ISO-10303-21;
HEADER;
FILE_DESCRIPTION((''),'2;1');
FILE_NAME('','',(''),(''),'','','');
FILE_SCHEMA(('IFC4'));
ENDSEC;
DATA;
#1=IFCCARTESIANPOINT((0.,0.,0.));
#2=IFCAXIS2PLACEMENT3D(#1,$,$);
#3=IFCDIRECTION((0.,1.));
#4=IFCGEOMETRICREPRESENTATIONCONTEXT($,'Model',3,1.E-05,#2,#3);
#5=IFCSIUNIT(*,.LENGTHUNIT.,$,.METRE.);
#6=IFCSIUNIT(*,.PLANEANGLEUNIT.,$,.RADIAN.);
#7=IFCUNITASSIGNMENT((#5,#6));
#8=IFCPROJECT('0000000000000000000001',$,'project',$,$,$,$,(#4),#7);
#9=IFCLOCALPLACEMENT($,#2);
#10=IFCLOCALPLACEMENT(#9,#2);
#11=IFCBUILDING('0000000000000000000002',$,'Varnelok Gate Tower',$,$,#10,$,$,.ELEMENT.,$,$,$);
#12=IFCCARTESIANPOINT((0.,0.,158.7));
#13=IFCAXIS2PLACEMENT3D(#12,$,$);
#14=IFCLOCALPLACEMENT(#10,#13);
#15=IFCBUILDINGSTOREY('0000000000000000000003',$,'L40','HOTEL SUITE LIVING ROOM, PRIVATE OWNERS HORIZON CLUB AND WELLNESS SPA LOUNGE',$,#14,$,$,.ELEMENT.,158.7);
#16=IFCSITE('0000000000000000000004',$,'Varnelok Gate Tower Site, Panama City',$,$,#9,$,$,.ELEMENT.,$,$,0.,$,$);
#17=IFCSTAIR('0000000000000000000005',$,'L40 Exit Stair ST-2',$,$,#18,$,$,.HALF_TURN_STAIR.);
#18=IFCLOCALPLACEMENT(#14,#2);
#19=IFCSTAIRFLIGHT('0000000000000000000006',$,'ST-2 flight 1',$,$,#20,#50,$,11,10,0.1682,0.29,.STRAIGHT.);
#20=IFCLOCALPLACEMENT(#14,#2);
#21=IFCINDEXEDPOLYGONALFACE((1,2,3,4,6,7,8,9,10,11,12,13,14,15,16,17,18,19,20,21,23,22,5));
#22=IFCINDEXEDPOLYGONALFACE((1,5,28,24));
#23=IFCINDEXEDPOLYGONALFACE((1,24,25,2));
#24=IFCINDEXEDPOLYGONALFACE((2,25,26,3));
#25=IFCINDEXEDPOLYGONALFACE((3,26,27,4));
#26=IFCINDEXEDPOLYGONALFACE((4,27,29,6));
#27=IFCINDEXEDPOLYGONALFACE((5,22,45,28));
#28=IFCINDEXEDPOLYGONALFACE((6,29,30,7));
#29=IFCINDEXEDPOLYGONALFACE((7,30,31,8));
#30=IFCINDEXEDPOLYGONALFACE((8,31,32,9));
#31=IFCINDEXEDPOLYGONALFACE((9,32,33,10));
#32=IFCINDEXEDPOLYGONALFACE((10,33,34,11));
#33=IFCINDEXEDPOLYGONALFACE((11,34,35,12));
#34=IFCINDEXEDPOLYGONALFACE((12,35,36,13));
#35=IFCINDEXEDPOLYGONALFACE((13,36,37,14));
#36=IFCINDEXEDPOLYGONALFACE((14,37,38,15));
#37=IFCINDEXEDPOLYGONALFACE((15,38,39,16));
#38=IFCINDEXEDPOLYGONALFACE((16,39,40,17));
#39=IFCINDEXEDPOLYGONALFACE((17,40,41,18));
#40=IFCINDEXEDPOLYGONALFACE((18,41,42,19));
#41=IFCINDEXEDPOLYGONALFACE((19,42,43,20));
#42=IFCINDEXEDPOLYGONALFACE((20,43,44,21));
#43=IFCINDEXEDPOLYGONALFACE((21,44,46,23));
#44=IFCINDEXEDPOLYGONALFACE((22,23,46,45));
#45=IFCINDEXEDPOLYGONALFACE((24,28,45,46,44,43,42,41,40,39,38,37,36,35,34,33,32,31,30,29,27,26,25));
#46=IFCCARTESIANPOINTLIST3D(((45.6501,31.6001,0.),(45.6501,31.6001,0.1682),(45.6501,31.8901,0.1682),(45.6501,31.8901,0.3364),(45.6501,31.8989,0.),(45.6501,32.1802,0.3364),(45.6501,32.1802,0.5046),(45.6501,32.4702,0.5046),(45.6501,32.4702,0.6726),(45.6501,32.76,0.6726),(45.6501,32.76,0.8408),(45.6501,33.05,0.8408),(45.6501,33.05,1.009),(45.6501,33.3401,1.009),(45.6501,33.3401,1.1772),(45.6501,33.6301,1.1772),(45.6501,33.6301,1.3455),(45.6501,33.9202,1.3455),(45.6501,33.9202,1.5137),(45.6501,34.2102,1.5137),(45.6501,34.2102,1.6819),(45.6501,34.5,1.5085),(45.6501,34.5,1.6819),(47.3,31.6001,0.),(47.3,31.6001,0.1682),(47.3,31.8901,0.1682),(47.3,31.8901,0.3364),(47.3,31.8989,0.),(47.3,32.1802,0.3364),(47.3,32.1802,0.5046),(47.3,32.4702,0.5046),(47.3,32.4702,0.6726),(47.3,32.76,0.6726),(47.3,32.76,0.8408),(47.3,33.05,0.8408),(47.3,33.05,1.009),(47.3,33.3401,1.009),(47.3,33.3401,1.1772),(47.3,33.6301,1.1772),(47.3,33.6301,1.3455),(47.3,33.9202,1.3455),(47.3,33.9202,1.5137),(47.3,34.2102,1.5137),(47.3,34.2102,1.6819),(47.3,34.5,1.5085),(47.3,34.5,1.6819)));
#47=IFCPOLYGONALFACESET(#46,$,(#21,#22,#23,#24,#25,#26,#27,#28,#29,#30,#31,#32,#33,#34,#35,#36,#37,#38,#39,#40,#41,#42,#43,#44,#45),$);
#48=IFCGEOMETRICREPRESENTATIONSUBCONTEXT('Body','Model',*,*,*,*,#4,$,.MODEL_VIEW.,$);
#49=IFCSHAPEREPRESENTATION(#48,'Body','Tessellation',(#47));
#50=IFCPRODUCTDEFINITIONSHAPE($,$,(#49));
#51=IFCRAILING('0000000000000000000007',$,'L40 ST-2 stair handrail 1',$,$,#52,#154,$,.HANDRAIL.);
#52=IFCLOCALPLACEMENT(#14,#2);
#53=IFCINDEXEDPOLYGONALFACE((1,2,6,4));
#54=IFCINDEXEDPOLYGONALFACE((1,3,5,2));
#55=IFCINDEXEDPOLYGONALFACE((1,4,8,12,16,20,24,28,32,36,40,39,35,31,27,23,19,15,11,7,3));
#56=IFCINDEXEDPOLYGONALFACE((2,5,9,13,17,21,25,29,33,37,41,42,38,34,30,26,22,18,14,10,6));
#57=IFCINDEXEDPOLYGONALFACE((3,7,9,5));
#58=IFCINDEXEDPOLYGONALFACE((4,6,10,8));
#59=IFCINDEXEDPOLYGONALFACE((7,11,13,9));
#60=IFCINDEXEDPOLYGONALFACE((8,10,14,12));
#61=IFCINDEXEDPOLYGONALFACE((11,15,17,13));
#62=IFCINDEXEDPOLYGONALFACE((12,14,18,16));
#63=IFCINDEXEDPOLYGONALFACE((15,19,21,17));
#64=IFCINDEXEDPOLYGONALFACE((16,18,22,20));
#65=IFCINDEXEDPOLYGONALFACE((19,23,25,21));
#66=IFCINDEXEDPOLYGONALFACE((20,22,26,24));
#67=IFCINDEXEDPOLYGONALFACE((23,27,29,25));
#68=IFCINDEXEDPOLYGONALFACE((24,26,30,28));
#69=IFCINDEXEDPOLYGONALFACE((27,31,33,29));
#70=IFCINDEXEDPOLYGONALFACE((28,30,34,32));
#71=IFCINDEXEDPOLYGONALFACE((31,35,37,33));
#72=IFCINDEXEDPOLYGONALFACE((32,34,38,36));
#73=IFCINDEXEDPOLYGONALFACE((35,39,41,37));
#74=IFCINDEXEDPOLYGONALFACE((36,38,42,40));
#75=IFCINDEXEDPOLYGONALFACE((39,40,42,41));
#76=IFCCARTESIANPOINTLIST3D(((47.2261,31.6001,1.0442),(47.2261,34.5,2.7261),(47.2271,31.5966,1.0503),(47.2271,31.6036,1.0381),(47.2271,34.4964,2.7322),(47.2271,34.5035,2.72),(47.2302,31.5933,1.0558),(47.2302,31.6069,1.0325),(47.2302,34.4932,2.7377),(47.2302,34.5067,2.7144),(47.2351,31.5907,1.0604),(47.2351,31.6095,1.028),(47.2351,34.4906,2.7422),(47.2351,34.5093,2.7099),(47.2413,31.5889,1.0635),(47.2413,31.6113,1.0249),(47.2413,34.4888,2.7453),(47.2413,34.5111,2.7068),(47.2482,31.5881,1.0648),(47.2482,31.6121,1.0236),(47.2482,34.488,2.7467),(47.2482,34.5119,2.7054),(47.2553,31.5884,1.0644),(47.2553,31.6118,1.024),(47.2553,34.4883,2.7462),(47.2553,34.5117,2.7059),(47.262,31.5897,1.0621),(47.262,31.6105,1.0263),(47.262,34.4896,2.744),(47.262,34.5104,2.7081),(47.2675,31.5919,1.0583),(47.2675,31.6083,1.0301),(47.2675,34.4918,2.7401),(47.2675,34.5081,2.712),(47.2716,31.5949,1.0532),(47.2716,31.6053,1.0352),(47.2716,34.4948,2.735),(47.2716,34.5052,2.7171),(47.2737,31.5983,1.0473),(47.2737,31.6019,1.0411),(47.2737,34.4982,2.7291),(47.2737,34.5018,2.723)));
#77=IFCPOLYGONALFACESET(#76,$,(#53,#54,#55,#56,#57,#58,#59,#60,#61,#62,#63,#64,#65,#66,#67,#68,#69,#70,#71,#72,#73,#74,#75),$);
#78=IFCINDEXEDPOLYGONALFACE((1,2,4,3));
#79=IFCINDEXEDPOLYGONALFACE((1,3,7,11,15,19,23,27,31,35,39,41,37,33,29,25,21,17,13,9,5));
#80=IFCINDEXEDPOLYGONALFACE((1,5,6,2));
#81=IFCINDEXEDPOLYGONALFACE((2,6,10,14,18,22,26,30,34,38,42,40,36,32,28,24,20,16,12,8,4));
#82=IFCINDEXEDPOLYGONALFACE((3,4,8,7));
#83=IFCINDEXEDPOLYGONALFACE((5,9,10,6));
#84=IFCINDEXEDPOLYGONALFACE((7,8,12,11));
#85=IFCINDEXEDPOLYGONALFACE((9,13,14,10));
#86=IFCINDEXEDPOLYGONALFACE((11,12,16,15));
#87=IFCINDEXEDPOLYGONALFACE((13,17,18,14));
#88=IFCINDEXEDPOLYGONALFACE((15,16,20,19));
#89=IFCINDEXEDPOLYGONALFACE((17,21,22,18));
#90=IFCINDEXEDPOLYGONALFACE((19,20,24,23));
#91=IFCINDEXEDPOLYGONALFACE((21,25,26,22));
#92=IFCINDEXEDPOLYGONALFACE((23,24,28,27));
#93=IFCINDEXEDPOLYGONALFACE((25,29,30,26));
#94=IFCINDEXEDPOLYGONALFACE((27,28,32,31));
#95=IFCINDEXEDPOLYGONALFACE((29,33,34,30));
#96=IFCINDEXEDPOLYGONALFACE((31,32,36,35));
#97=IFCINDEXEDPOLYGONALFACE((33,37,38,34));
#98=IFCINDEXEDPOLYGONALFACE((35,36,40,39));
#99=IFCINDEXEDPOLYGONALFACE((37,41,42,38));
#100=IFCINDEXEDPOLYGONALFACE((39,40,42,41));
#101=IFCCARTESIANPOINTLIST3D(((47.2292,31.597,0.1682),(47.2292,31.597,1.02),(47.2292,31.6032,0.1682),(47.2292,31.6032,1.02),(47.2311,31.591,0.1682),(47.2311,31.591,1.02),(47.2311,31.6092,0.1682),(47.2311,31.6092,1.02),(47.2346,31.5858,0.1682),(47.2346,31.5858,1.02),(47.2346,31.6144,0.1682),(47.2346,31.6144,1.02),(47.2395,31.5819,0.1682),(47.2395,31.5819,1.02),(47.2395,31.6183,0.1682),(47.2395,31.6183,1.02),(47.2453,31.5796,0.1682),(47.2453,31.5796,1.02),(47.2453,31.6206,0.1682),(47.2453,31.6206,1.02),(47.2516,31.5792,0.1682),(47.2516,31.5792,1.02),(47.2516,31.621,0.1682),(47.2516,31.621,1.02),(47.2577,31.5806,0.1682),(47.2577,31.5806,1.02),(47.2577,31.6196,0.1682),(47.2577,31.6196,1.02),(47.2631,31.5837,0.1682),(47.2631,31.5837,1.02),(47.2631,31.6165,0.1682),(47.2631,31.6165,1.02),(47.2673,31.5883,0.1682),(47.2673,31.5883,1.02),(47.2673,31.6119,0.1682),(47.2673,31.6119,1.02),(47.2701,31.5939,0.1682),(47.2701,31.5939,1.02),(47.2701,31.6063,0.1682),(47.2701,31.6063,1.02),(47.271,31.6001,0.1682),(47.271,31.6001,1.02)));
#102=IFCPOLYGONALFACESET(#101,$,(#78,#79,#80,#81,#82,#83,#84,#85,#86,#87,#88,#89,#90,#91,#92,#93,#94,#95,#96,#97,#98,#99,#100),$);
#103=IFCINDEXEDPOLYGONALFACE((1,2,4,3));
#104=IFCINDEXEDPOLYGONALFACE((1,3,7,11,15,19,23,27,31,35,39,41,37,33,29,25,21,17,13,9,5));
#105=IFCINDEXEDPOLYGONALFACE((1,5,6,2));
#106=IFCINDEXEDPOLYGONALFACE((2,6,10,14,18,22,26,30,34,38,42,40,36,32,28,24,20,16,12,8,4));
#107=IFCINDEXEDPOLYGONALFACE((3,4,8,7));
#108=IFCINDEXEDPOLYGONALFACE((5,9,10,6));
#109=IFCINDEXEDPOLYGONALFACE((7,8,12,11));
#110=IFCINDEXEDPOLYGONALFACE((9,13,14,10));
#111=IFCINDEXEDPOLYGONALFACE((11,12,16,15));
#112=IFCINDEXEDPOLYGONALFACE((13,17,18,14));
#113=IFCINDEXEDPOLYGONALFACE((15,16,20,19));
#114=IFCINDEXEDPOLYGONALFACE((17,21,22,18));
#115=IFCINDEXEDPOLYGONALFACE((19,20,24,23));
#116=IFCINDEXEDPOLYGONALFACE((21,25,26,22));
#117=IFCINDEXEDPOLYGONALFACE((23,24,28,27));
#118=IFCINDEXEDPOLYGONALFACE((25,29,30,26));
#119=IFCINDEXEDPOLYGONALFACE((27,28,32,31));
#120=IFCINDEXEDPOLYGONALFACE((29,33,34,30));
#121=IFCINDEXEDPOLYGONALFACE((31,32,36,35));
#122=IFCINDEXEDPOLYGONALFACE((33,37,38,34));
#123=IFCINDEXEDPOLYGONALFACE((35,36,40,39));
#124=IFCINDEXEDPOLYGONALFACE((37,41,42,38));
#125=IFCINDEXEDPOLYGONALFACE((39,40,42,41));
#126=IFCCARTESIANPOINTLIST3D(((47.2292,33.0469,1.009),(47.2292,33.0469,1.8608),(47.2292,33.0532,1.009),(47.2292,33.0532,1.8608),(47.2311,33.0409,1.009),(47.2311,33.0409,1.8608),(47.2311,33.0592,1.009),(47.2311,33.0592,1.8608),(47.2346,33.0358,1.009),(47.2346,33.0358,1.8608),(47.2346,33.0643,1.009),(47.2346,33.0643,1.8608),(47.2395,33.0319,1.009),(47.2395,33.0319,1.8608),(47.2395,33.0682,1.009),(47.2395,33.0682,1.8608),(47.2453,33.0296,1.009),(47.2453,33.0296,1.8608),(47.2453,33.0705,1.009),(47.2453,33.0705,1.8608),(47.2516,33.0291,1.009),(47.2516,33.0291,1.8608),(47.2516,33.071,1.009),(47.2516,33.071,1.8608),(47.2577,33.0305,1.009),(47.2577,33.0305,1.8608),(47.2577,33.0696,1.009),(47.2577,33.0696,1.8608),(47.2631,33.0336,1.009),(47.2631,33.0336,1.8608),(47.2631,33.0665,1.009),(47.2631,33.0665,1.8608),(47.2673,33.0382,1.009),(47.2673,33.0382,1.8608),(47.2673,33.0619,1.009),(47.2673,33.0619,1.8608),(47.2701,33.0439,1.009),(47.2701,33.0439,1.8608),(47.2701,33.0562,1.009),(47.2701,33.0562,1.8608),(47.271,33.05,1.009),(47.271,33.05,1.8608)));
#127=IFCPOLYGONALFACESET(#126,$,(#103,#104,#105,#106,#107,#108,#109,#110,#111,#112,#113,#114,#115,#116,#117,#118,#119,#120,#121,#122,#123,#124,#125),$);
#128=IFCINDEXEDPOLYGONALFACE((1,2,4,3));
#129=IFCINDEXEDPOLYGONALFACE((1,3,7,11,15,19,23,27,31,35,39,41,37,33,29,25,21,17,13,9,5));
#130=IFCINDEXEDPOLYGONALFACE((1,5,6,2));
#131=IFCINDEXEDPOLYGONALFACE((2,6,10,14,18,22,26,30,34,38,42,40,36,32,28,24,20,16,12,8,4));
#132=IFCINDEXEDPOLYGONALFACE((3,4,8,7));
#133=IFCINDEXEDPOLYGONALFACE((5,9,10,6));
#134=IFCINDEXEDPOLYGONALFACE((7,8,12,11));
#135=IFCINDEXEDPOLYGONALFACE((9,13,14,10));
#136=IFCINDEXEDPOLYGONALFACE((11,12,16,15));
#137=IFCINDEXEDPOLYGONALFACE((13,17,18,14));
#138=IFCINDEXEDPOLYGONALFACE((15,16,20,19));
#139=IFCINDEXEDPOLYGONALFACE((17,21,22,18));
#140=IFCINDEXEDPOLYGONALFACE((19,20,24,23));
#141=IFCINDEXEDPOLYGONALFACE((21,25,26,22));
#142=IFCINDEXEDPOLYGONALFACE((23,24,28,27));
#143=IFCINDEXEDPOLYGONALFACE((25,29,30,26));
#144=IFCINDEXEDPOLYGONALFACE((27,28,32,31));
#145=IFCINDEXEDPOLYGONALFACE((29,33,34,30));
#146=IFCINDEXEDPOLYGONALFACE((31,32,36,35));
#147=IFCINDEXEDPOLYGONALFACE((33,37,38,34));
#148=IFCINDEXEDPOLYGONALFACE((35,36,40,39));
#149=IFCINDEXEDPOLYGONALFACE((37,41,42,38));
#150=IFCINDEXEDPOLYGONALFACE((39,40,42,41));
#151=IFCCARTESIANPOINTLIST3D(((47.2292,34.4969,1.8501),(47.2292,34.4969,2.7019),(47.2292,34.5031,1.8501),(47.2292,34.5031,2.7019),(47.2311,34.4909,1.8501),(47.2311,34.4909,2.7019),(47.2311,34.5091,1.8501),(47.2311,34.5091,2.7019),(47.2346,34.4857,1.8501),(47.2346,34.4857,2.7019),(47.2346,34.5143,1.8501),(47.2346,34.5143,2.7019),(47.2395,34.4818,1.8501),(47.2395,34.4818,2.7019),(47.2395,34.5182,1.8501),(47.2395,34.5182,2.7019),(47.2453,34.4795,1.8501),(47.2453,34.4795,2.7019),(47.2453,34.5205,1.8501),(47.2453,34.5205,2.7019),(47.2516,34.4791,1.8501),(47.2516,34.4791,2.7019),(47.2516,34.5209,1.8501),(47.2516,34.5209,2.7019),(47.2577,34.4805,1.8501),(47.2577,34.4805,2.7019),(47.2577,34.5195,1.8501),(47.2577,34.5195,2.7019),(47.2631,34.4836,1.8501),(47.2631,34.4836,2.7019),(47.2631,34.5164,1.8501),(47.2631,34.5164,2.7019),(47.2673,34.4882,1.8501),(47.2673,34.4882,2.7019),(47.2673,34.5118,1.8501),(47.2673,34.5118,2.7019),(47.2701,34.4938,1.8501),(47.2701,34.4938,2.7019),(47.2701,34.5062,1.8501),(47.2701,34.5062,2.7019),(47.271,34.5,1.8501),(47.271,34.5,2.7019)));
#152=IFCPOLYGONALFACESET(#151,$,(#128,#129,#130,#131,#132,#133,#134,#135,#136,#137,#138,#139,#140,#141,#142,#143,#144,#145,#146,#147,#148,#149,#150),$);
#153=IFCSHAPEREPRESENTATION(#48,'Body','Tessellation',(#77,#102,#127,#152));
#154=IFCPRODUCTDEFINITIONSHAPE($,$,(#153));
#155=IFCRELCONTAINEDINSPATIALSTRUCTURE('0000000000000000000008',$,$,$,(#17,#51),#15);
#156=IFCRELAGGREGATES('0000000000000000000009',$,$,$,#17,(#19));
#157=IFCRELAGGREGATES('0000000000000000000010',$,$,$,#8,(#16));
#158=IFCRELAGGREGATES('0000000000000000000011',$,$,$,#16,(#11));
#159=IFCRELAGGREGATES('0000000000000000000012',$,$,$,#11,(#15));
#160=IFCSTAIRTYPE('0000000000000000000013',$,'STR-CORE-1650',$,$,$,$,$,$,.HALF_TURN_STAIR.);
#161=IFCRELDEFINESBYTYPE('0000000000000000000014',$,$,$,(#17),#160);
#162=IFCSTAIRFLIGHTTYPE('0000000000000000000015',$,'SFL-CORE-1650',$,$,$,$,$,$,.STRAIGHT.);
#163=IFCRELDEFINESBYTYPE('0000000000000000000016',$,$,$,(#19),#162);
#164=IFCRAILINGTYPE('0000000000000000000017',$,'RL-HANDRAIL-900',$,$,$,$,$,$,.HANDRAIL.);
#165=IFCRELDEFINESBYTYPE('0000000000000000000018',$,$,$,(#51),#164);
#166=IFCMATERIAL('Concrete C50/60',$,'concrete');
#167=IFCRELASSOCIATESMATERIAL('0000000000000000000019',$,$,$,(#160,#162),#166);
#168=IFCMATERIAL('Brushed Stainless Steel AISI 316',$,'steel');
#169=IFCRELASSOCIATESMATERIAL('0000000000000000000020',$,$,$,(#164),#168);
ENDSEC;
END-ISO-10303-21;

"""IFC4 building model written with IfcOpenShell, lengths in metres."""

from ifc_helpers import new_model, si_unit, direction, frame, origin, origin_2d, place, context, subcontext, project, spatial, polyline, circle, outline, extrude, material, type_object, element, aggregate, save


model = new_model("IFC4")

# Units and contexts
model_context = context("Model", 3, precision=1e-05, world=origin(), true_north=direction((0.0, 1.0)))
body_context = subcontext(model_context, "Body", "Model", "MODEL_VIEW")
ifc_project = project(units=[si_unit("LENGTHUNIT", "METRE"), si_unit("PLANEANGLEUNIT", "RADIAN")], contexts=[model_context])

# Site, building, storey
site_placement = place(None, origin())
site = spatial("IfcSite", under=ifc_project, at=site_placement, Name="Varnelok Gate Tower Site, Panama City", CompositionType="ELEMENT", RefElevation=0.0)
building_placement = place(site_placement, origin())
building = spatial("IfcBuilding", under=site, at=building_placement, Name="Varnelok Gate Tower", CompositionType="ELEMENT")
storey_placement = place(building_placement, frame((0.0, 0.0, 158.7)))
storey = spatial("IfcBuildingStorey", under=building, at=storey_placement, Name="L40", Description="HOTEL SUITE LIVING ROOM, PRIVATE OWNERS HORIZON CLUB AND WELLNESS SPA LOUNGE", CompositionType="ELEMENT", Elevation=158.7)

# Stair, stair flight
ifc_material_1 = material(Name="Concrete C50/60", Category="concrete")
stair_type = type_object("IfcStairType", Name="STR-CORE-1650", PredefinedType="HALF_TURN_STAIR", material=ifc_material_1)
stair_placement = place(storey_placement, origin())
stair = element("IfcStair", 1, at=stair_placement, inside=storey, type_object=stair_type, Name="L40 Exit Stair ST-2", PredefinedType="HALF_TURN_STAIR")
stair_flight_type = type_object("IfcStairFlightType", Name="SFL-CORE-1650", PredefinedType="STRAIGHT", material=ifc_material_1)
stair_flight_placement = place(storey_placement, frame((46.4751, 31.6001, 0.0), z_axis=(0.0, 0.0, 1.0), x_axis=(0.0, 1.0, 0.0)))
stair_flight = element("IfcStairFlight", 2, at=stair_flight_placement, type_object=stair_flight_type, Name="ST-2 flight 1", NumberOfRisers=11, NumberOfTreads=10, PredefinedType="STRAIGHT", RiserHeight=0.1682, TreadLength=0.29, context=body_context, shape_type="SweptSolid", body=[
    extrude(outline(polyline([(0.0, 0.0), (0.0, 0.1682), (0.29, 0.1682), (0.29, 0.3364), (0.5801, 0.3364), (0.5801, 0.5046), (0.8701, 0.5046), (0.8701, 0.6726), (1.1599, 0.6726), (1.1599, 0.8408), (1.45, 0.8408), (1.45, 1.009), (1.74, 1.009), (1.74, 1.1772), (2.03, 1.1772), (2.03, 1.3455), (2.3201, 1.3455), (2.3201, 1.5137), (2.6101, 1.5137), (2.6101, 1.6819), (2.8999, 1.6819), (2.8999, 1.8501), (2.8999, 1.5085), (0.2988, 0.0), (0.0, 0.0)])), frame((0.0, 0.825, 0.0), z_axis=(0.0, -1.0, 0.0), x_axis=(1.0, 0.0, 0.0)), (0.0, 0.0, 1.0), 1.6499),
])
aggregate(stair, [stair_flight])

# Railing
ifc_material_2 = material(Name="Brushed Stainless Steel AISI 316", Category="steel")
railing_type_1 = type_object("IfcRailingType", Name="RL-HANDRAIL-900", PredefinedType="HANDRAIL", material=ifc_material_2)
railing_1_placement = place(storey_placement, frame((47.25, 31.6001, 0.1682)))
element("IfcRailing", 3, at=railing_1_placement, inside=storey, type_object=railing_type_1, Name="L40 ST-2 stair handrail 1", PredefinedType="HANDRAIL", context=body_context, shape_type="SweptSolid", body=[
    extrude(circle(Radius=0.0239, at=origin_2d()), frame((0.0, 0.0, 0.876), z_axis=(0.0, 0.865039, 0.501705), x_axis=(-1.0, 0.0, 0.0)), (0.0, 0.0, 1.0), 3.3523),
    extrude(circle(Radius=0.021, at=origin_2d()), origin(), (0.0, 0.0, 1.0), 0.8518),
    extrude(circle(Radius=0.021, at=origin_2d()), frame((0.0, 1.45, 0.8408)), (0.0, 0.0, 1.0), 0.8518),
    extrude(circle(Radius=0.021, at=origin_2d()), frame((0.0, 2.8999, 1.6819)), (0.0, 0.0, 1.0), 0.8518),
])

save(model, "model.ifc")
